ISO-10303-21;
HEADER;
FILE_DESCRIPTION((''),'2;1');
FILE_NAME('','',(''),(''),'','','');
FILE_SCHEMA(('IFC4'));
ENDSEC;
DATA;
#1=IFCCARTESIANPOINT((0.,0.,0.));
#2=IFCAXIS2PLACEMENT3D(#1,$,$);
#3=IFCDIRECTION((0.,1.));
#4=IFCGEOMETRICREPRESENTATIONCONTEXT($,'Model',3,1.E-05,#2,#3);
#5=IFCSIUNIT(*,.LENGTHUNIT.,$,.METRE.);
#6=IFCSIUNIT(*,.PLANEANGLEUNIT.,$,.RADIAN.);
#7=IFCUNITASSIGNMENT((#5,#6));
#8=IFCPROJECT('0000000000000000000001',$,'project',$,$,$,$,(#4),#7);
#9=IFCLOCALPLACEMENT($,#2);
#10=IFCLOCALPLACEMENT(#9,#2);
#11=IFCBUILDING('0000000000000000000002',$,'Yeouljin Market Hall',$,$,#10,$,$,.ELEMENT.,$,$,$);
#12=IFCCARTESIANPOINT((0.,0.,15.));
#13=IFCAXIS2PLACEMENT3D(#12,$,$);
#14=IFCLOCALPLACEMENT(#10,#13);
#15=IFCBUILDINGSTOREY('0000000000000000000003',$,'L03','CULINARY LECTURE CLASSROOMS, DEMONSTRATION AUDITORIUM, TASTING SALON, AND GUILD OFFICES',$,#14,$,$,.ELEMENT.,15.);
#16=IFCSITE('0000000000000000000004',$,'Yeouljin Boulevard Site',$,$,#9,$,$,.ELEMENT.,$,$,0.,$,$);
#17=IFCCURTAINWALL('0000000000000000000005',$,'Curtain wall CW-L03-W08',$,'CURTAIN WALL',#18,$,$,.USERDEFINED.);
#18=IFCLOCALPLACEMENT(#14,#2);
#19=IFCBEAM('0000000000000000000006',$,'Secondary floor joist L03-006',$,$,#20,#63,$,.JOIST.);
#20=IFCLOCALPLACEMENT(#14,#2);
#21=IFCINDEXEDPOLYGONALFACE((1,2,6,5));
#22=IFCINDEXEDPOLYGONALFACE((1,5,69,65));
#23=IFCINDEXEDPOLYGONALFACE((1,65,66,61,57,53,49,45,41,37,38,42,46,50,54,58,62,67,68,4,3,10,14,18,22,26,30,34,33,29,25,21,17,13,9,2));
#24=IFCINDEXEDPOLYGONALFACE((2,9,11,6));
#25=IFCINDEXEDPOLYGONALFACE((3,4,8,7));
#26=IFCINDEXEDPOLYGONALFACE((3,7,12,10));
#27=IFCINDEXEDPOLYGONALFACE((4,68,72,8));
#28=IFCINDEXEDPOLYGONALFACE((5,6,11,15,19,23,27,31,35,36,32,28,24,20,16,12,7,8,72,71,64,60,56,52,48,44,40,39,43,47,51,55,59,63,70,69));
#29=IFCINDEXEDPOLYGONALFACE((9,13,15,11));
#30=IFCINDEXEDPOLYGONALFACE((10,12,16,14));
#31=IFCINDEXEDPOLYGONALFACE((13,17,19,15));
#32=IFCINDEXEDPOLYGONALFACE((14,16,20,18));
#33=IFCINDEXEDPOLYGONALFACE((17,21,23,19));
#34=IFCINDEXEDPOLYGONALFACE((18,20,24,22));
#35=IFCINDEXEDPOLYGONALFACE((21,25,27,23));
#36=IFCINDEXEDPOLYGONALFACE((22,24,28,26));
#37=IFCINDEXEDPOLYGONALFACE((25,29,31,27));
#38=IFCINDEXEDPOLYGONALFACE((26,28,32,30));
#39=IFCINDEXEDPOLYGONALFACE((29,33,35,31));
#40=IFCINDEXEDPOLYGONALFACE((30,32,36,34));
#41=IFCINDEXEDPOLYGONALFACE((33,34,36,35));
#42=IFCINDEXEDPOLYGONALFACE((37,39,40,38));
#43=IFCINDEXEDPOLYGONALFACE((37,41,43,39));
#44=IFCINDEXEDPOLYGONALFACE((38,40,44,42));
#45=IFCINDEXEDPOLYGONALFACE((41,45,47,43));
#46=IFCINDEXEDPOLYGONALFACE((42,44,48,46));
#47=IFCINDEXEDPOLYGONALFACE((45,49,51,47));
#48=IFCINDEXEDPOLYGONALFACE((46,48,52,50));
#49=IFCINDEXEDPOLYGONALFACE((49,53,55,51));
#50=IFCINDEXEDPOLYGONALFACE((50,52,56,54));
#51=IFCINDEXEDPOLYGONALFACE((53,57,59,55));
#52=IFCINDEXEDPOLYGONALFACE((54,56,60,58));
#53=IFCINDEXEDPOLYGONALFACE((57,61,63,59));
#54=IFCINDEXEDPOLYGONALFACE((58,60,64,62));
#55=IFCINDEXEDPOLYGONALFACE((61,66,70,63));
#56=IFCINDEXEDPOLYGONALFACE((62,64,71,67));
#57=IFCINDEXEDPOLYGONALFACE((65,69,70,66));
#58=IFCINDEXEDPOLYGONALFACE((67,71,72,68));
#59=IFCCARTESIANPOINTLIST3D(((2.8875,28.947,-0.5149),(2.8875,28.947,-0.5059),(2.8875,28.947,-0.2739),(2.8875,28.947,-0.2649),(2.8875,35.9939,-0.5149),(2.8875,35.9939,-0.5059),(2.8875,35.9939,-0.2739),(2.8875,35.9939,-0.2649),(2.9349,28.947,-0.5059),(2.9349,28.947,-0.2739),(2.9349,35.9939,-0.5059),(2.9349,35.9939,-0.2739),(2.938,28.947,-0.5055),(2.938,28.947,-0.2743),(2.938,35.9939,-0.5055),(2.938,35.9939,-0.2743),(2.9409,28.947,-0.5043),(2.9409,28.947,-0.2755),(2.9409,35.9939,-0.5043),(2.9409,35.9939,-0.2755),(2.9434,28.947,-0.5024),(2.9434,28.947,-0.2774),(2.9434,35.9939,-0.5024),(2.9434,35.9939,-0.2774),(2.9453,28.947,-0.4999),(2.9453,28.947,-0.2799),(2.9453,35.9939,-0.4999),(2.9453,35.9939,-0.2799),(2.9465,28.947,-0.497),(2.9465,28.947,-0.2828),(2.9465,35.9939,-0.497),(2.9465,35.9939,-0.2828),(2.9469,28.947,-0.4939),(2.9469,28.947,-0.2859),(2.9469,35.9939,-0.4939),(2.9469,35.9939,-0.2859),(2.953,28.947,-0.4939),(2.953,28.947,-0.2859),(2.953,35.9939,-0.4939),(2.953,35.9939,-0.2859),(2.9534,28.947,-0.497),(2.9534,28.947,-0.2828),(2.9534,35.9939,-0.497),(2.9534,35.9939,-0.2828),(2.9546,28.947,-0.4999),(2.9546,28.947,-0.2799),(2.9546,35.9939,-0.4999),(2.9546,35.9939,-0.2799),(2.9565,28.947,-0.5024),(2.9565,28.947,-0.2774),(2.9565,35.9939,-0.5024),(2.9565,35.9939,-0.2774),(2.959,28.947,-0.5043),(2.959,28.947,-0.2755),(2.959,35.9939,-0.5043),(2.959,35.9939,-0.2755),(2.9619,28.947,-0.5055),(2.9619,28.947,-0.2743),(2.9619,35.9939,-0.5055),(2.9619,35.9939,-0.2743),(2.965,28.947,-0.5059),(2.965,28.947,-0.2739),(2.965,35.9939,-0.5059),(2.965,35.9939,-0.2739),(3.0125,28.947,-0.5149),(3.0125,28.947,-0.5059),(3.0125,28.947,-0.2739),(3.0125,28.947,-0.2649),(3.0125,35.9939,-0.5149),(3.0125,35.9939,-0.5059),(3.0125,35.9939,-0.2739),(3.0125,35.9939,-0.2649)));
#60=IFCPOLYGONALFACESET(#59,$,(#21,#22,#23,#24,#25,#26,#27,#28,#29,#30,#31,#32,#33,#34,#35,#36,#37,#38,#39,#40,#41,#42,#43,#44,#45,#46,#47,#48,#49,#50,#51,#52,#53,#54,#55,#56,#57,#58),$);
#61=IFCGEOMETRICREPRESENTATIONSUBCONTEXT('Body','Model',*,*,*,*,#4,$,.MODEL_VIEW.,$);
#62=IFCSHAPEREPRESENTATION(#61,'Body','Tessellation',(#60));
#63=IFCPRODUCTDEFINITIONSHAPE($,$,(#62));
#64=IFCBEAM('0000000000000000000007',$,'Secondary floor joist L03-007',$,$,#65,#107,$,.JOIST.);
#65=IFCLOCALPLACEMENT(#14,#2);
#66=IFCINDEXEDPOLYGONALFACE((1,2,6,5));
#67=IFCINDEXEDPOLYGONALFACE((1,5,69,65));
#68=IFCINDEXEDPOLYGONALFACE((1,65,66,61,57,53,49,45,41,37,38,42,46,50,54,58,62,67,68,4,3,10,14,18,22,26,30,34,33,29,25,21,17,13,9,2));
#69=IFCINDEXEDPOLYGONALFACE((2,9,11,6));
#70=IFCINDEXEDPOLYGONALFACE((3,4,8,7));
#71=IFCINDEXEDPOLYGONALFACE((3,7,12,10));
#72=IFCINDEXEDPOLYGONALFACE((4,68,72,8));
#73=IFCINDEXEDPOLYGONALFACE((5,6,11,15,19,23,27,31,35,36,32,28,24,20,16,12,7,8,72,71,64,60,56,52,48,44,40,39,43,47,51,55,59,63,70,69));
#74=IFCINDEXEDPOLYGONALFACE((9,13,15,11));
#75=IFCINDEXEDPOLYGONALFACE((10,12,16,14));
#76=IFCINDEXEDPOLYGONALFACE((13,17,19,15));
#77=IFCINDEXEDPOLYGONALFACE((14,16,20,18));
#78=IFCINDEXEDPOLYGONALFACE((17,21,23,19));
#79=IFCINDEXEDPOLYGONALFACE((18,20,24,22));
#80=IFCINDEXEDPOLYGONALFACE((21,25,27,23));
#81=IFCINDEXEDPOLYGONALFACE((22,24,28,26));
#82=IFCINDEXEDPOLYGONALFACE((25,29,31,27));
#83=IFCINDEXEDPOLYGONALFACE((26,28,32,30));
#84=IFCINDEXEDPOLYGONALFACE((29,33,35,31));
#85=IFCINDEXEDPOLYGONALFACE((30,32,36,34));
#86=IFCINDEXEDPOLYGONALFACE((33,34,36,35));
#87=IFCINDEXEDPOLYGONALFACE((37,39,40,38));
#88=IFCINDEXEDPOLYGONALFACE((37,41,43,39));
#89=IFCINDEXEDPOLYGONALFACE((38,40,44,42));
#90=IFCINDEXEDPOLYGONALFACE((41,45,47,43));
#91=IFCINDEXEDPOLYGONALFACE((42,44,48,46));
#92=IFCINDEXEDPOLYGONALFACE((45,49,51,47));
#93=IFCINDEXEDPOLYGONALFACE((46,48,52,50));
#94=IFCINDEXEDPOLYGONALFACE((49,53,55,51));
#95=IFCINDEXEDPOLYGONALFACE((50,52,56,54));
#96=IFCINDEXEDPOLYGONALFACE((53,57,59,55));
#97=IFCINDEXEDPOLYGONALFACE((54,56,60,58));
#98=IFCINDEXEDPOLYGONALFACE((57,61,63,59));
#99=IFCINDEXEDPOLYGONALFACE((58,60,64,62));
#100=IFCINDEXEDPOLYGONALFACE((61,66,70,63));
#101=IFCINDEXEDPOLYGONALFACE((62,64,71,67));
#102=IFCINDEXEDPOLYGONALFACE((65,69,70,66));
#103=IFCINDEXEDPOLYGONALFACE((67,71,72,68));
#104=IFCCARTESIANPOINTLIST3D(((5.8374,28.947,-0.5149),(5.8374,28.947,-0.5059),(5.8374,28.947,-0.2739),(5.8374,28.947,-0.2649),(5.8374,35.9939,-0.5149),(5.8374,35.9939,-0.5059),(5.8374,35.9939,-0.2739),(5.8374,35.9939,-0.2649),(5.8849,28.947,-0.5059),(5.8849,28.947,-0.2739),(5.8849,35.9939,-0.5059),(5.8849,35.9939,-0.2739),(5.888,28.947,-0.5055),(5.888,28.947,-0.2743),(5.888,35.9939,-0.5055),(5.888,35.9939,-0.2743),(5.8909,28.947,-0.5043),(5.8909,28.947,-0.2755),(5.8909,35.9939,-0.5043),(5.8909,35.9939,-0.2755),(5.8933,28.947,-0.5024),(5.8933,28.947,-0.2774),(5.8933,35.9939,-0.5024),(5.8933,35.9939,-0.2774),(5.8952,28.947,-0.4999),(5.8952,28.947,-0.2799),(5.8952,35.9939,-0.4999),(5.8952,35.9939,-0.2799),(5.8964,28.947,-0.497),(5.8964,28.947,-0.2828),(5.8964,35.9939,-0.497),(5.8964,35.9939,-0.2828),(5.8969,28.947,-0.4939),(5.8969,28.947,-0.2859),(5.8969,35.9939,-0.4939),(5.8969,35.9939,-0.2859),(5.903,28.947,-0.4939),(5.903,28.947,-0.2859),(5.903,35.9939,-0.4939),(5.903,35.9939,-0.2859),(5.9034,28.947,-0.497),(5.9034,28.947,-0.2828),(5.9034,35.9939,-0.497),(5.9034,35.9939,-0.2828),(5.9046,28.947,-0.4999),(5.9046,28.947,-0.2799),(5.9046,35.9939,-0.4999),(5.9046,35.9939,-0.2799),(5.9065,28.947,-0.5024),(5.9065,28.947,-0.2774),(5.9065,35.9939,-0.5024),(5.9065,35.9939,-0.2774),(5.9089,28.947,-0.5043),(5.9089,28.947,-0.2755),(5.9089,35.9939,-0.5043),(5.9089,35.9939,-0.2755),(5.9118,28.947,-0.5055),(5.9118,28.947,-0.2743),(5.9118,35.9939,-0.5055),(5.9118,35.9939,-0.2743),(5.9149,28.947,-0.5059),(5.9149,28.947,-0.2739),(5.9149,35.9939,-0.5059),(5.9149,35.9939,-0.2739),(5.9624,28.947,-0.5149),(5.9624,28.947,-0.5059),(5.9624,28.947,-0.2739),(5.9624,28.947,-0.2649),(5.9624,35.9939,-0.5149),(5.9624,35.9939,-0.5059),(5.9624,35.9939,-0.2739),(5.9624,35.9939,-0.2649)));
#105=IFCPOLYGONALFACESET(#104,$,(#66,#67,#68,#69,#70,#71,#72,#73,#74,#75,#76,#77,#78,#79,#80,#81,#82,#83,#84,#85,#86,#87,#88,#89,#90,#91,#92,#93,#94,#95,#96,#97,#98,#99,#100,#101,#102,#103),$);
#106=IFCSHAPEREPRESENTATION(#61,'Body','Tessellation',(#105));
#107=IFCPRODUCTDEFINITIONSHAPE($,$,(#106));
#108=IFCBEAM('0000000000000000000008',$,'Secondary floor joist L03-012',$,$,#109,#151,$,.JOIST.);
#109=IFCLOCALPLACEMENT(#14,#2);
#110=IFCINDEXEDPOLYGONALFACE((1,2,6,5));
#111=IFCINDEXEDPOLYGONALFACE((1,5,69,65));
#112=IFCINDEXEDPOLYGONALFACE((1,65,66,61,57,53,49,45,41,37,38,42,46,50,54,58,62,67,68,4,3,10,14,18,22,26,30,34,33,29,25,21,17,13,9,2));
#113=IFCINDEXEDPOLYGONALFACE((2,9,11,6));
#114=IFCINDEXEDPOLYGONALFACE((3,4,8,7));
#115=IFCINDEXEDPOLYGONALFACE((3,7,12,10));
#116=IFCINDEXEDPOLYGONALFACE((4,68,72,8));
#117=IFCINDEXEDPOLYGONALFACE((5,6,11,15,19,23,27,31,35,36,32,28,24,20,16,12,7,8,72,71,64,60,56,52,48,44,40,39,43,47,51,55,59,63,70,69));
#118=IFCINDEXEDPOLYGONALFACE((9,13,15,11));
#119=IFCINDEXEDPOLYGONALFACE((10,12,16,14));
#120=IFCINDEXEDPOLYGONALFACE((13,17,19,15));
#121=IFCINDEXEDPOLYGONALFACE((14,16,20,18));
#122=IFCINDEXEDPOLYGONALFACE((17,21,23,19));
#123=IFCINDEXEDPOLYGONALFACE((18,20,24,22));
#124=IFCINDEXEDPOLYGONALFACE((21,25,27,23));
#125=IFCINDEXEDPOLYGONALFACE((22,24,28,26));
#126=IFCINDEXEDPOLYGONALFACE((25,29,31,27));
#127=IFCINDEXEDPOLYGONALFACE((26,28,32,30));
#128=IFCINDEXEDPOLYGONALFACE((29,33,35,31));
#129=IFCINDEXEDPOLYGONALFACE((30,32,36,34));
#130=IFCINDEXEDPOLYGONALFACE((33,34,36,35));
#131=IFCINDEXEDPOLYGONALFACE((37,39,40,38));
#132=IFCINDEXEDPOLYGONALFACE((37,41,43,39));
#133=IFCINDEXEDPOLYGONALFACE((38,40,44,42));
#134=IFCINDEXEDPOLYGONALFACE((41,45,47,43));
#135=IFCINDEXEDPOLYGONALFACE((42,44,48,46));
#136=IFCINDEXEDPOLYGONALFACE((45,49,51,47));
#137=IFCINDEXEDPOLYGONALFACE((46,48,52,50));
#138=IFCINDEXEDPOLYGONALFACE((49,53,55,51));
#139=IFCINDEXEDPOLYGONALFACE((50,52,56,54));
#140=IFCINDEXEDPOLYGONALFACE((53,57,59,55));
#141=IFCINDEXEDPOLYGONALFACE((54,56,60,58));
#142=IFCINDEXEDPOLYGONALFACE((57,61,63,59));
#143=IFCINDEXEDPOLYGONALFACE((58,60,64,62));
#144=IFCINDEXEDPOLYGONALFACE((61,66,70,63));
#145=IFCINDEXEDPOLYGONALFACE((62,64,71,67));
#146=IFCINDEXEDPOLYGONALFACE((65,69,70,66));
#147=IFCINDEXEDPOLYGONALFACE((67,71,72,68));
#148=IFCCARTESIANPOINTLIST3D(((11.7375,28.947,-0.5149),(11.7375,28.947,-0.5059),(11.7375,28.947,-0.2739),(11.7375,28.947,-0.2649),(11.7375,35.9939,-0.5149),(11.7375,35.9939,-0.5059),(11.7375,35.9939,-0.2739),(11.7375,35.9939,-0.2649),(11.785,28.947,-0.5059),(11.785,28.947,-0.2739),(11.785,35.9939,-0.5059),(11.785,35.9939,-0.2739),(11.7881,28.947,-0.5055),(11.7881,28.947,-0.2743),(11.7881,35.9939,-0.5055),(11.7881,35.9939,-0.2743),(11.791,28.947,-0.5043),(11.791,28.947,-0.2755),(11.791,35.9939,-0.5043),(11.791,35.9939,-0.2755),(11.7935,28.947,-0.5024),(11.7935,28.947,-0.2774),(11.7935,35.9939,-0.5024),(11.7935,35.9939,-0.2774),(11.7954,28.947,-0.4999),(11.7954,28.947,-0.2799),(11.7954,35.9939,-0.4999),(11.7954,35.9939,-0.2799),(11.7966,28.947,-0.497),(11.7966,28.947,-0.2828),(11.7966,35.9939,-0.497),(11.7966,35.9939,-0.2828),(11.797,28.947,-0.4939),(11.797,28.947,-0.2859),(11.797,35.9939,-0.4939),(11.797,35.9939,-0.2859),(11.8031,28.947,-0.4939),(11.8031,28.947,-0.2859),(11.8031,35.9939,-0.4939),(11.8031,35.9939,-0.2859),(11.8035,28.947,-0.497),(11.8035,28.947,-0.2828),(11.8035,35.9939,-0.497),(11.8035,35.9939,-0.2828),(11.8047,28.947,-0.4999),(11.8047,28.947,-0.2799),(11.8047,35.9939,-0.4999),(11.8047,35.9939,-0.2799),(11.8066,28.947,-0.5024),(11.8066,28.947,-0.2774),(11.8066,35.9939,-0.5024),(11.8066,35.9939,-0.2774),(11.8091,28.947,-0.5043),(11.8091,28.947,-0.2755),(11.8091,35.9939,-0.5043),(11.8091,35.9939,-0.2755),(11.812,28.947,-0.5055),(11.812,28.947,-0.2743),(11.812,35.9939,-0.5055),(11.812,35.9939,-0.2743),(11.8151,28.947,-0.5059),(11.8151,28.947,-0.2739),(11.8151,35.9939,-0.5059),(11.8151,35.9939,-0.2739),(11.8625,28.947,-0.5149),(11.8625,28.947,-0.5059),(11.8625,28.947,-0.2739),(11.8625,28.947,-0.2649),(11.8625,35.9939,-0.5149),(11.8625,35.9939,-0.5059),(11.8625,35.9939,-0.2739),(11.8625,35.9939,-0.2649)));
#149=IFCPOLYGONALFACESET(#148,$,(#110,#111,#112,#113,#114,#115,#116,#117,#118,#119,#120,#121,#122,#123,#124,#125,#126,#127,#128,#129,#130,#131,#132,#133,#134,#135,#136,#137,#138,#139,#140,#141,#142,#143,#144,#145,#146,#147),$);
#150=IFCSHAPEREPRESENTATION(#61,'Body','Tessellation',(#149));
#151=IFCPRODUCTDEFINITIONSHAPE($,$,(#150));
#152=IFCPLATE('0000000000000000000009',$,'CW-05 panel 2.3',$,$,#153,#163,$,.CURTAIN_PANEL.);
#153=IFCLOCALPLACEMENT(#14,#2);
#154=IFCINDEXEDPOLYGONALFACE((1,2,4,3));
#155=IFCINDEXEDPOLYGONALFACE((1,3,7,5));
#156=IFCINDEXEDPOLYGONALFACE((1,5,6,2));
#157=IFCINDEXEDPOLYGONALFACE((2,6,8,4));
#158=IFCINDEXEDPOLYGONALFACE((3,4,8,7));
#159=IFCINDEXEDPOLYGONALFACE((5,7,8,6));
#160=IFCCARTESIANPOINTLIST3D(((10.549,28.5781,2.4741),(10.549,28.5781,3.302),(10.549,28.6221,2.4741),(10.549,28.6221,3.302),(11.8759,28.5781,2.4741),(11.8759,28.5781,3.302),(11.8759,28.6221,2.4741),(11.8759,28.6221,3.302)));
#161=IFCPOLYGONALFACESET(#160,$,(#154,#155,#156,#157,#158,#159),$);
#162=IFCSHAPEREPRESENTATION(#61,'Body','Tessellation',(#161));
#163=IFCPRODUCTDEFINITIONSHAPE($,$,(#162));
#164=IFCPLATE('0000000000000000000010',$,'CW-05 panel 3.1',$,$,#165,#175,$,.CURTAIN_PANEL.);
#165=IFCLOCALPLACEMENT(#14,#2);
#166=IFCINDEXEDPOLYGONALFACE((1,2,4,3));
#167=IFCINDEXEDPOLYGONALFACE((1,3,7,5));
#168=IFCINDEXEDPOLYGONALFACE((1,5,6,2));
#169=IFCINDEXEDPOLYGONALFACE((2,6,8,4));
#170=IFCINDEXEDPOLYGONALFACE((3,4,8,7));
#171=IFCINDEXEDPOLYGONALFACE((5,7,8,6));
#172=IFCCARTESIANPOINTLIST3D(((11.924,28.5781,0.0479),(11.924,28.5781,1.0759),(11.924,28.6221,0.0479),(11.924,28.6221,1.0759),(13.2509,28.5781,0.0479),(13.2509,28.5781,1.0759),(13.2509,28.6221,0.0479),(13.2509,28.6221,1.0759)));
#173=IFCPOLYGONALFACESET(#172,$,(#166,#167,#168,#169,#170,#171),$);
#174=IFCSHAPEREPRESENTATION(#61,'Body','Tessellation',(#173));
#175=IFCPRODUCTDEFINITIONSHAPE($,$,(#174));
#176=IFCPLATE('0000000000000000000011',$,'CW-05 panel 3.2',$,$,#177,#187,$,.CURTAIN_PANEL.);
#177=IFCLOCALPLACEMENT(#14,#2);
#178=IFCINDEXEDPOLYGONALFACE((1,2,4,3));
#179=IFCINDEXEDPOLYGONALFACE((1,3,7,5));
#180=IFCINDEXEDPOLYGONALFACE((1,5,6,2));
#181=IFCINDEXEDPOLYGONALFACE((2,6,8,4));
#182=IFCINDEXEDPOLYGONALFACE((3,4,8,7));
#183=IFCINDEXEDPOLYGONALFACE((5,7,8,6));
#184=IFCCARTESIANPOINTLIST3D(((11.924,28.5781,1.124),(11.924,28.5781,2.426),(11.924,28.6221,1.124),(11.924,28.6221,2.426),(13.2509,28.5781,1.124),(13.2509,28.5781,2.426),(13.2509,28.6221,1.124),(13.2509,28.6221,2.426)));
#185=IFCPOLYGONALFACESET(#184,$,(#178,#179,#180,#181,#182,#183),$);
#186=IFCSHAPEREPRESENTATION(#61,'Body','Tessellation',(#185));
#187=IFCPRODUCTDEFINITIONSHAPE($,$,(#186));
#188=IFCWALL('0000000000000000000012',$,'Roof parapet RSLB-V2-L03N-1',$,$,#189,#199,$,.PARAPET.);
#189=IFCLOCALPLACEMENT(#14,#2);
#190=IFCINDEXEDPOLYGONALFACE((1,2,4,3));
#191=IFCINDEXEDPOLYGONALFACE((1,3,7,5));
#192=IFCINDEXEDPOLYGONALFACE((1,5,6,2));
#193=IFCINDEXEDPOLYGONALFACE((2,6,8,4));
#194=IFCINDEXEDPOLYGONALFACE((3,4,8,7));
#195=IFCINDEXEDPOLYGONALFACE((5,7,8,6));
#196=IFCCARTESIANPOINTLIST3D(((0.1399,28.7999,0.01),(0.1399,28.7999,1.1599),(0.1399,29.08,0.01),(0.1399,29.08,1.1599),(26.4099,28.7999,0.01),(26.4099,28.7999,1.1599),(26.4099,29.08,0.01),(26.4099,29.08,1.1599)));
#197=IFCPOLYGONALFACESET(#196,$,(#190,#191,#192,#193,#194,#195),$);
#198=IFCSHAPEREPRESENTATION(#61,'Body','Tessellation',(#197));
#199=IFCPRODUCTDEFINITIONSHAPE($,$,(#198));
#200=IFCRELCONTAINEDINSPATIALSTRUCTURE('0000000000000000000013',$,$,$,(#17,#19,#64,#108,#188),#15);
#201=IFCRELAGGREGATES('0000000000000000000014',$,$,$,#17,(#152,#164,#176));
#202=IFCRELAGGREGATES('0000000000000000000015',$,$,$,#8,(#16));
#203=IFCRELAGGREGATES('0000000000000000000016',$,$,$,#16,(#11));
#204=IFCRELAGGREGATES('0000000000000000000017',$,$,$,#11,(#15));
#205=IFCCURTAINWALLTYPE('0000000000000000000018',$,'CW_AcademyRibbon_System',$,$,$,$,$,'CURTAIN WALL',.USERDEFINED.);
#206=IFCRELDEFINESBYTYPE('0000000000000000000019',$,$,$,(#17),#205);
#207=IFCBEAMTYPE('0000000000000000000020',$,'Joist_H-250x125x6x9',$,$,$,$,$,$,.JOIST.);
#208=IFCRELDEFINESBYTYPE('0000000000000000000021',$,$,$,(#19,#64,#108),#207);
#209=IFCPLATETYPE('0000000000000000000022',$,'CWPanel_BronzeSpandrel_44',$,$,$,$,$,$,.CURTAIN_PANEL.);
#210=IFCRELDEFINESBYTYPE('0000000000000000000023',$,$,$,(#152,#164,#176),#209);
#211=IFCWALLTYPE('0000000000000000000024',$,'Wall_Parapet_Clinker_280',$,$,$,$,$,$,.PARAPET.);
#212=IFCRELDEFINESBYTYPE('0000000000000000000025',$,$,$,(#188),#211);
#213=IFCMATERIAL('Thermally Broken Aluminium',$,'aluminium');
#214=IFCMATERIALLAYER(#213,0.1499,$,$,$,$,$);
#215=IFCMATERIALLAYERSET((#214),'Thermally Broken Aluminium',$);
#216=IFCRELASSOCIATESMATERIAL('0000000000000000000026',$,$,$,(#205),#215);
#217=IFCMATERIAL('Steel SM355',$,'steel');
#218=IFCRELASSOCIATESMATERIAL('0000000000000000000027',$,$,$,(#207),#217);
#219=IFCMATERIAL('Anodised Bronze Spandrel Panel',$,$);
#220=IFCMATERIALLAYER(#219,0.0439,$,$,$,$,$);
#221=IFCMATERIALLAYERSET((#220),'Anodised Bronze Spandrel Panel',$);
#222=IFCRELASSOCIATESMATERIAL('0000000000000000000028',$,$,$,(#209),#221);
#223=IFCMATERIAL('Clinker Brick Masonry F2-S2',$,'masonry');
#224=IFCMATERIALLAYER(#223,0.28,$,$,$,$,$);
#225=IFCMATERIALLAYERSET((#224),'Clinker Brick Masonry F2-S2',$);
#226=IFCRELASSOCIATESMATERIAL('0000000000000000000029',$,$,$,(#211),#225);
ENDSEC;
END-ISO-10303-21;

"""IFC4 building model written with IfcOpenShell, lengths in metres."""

from ifc_helpers import new_model, si_unit, direction, frame, frame_2d, origin, origin_2d, place, context, subcontext, project, spatial, rectangle, i_section, extrude, material, layer, layer_set, material_profile, profile_set, type_object, element, aggregate, save


model = new_model("IFC4")

# Units and contexts
model_context = context("Model", 3, precision=1e-05, world=origin(), true_north=direction((0.0, 1.0)))
body_context = subcontext(model_context, "Body", "Model", "MODEL_VIEW")
ifc_project = project(units=[si_unit("LENGTHUNIT", "METRE"), si_unit("PLANEANGLEUNIT", "RADIAN")], contexts=[model_context])

# Site, building, storey
site_placement = place(None, origin())
site = spatial("IfcSite", under=ifc_project, at=site_placement, Name="Yeouljin Boulevard Site", CompositionType="ELEMENT", RefElevation=0.0)
building_placement = place(site_placement, origin())
building = spatial("IfcBuilding", under=site, at=building_placement, Name="Yeouljin Market Hall", CompositionType="ELEMENT")
storey_placement = place(building_placement, frame((0.0, 0.0, 15.0)))
storey = spatial("IfcBuildingStorey", under=building, at=storey_placement, Name="L03", Description="CULINARY LECTURE CLASSROOMS, DEMONSTRATION AUDITORIUM, TASTING SALON, AND GUILD OFFICES", CompositionType="ELEMENT", Elevation=15.0)

# Curtain wall
ifc_material_1 = material(Name="Thermally Broken Aluminium", Category="aluminium")
ifc_layer_1 = layer(ifc_material_1, 0.1499)
ifc_layer_set_1 = layer_set([ifc_layer_1], Name="Thermally Broken Aluminium")
curtain_wall_type = type_object("IfcCurtainWallType", Name="CW_AcademyRibbon_System", ElementType="CURTAIN WALL", PredefinedType="USERDEFINED", material=ifc_layer_set_1)
curtain_wall_placement = place(storey_placement, origin())
curtain_wall = element("IfcCurtainWall", 1, at=curtain_wall_placement, inside=storey, type_object=curtain_wall_type, Name="Curtain wall CW-L03-W08", ObjectType="CURTAIN WALL", PredefinedType="USERDEFINED")

# Beams
ifc_material_2 = material(Name="Steel SM355", Category="steel")
ifc_material_profile_1 = material_profile(ifc_material_2, i_section(OverallWidth=0.125, OverallDepth=0.25, WebThickness=0.0061, FlangeThickness=0.009, FilletRadius=0.012, at=origin_2d()), Name="H-250x125x6x9")
ifc_profile_set_1 = profile_set([ifc_material_profile_1], Name="Steel SM355")
beam_type_1 = type_object("IfcBeamType", Name="Joist_H-250x125x6x9", PredefinedType="JOIST", material=ifc_profile_set_1)
for number, where, z_axis, x_axis, name in (
    (2, (2.95, 28.947, -0.3899), (0.0, 1.0, 0.0), (-1.0, 0.0, 0.0), "Secondary floor joist L03-006"),
    (3, (5.8999, 28.947, -0.3899), (0.0, 1.0, 0.0), (-1.0, 0.0, 0.0), "Secondary floor joist L03-007"),
    (4, (11.8, 28.947, -0.3899), (0.0, 1.0, 0.0), (-1.0, 0.0, 0.0), "Secondary floor joist L03-012"),
):
    element("IfcBeam", number, at=place(storey_placement, frame(where, z_axis=z_axis, x_axis=x_axis)), inside=storey, type_object=beam_type_1, Name=name, PredefinedType="JOIST", context=body_context, shape_type="SweptSolid", body=[
        extrude(i_section(OverallWidth=0.125, OverallDepth=0.25, WebThickness=0.0061, FlangeThickness=0.009, FilletRadius=0.012, at=origin_2d()), origin(), (0.0, 0.0, 1.0), 7.0469),
    ])

# Plates
ifc_material_3 = material(Name="Anodised Bronze Spandrel Panel")
ifc_layer_2 = layer(ifc_material_3, 0.0439)
ifc_layer_set_2 = layer_set([ifc_layer_2], Name="Anodised Bronze Spandrel Panel")
plate_type = type_object("IfcPlateType", Name="CWPanel_BronzeSpandrel_44", PredefinedType="CURTAIN_PANEL", material=ifc_layer_set_2)
plate_1_placement = place(storey_placement, frame((11.2124, 28.6001, 2.4741), z_axis=(0.0, 0.0, 1.0), x_axis=(1.0, 0.0, 0.0)))
plate_1 = element("IfcPlate", 5, at=plate_1_placement, type_object=plate_type, Name="CW-05 panel 2.3", PredefinedType="CURTAIN_PANEL", context=body_context, shape_type="SweptSolid", body=[
    extrude(rectangle(XDim=1.3269, YDim=0.0439, at=origin_2d()), origin(), (0.0, 0.0, 1.0), 0.8279),
])
plate_2_placement = place(storey_placement, frame((12.5874, 28.6001, 0.0479), z_axis=(0.0, 0.0, 1.0), x_axis=(1.0, 0.0, 0.0)))
plate_2 = element("IfcPlate", 6, at=plate_2_placement, type_object=plate_type, Name="CW-05 panel 3.1", PredefinedType="CURTAIN_PANEL", context=body_context, shape_type="SweptSolid", body=[
    extrude(rectangle(XDim=1.3269, YDim=0.0439, at=origin_2d()), origin(), (0.0, 0.0, 1.0), 1.0281),
])
plate_3_placement = place(storey_placement, frame((12.5874, 28.6001, 1.124), z_axis=(0.0, 0.0, 1.0), x_axis=(1.0, 0.0, 0.0)))
plate_3 = element("IfcPlate", 7, at=plate_3_placement, type_object=plate_type, Name="CW-05 panel 3.2", PredefinedType="CURTAIN_PANEL", context=body_context, shape_type="SweptSolid", body=[
    extrude(rectangle(XDim=1.3269, YDim=0.0439, at=origin_2d()), origin(), (0.0, 0.0, 1.0), 1.302),
])
aggregate(curtain_wall, [plate_1, plate_2, plate_3])

# Wall
ifc_material_4 = material(Name="Clinker Brick Masonry F2-S2", Category="masonry")
ifc_layer_3 = layer(ifc_material_4, 0.28)
ifc_layer_set_3 = layer_set([ifc_layer_3], Name="Clinker Brick Masonry F2-S2")
wall_type = type_object("IfcWallType", Name="Wall_Parapet_Clinker_280", PredefinedType="PARAPET", material=ifc_layer_set_3)
wall_1_placement = place(storey_placement, frame((0.1399, 28.9399, 0.01), z_axis=(0.0, 0.0, 1.0), x_axis=(1.0, 0.0, 0.0)))
element("IfcWall", 8, at=wall_1_placement, inside=storey, type_object=wall_type, Name="Roof parapet RSLB-V2-L03N-1", PredefinedType="PARAPET", context=body_context, shape_type="SweptSolid", body=[
    extrude(rectangle(XDim=26.27, YDim=0.28, at=frame_2d((13.135, 0.0))), origin(), (0.0, 0.0, 1.0), 1.1499),
])

save(model, "model.ifc")
